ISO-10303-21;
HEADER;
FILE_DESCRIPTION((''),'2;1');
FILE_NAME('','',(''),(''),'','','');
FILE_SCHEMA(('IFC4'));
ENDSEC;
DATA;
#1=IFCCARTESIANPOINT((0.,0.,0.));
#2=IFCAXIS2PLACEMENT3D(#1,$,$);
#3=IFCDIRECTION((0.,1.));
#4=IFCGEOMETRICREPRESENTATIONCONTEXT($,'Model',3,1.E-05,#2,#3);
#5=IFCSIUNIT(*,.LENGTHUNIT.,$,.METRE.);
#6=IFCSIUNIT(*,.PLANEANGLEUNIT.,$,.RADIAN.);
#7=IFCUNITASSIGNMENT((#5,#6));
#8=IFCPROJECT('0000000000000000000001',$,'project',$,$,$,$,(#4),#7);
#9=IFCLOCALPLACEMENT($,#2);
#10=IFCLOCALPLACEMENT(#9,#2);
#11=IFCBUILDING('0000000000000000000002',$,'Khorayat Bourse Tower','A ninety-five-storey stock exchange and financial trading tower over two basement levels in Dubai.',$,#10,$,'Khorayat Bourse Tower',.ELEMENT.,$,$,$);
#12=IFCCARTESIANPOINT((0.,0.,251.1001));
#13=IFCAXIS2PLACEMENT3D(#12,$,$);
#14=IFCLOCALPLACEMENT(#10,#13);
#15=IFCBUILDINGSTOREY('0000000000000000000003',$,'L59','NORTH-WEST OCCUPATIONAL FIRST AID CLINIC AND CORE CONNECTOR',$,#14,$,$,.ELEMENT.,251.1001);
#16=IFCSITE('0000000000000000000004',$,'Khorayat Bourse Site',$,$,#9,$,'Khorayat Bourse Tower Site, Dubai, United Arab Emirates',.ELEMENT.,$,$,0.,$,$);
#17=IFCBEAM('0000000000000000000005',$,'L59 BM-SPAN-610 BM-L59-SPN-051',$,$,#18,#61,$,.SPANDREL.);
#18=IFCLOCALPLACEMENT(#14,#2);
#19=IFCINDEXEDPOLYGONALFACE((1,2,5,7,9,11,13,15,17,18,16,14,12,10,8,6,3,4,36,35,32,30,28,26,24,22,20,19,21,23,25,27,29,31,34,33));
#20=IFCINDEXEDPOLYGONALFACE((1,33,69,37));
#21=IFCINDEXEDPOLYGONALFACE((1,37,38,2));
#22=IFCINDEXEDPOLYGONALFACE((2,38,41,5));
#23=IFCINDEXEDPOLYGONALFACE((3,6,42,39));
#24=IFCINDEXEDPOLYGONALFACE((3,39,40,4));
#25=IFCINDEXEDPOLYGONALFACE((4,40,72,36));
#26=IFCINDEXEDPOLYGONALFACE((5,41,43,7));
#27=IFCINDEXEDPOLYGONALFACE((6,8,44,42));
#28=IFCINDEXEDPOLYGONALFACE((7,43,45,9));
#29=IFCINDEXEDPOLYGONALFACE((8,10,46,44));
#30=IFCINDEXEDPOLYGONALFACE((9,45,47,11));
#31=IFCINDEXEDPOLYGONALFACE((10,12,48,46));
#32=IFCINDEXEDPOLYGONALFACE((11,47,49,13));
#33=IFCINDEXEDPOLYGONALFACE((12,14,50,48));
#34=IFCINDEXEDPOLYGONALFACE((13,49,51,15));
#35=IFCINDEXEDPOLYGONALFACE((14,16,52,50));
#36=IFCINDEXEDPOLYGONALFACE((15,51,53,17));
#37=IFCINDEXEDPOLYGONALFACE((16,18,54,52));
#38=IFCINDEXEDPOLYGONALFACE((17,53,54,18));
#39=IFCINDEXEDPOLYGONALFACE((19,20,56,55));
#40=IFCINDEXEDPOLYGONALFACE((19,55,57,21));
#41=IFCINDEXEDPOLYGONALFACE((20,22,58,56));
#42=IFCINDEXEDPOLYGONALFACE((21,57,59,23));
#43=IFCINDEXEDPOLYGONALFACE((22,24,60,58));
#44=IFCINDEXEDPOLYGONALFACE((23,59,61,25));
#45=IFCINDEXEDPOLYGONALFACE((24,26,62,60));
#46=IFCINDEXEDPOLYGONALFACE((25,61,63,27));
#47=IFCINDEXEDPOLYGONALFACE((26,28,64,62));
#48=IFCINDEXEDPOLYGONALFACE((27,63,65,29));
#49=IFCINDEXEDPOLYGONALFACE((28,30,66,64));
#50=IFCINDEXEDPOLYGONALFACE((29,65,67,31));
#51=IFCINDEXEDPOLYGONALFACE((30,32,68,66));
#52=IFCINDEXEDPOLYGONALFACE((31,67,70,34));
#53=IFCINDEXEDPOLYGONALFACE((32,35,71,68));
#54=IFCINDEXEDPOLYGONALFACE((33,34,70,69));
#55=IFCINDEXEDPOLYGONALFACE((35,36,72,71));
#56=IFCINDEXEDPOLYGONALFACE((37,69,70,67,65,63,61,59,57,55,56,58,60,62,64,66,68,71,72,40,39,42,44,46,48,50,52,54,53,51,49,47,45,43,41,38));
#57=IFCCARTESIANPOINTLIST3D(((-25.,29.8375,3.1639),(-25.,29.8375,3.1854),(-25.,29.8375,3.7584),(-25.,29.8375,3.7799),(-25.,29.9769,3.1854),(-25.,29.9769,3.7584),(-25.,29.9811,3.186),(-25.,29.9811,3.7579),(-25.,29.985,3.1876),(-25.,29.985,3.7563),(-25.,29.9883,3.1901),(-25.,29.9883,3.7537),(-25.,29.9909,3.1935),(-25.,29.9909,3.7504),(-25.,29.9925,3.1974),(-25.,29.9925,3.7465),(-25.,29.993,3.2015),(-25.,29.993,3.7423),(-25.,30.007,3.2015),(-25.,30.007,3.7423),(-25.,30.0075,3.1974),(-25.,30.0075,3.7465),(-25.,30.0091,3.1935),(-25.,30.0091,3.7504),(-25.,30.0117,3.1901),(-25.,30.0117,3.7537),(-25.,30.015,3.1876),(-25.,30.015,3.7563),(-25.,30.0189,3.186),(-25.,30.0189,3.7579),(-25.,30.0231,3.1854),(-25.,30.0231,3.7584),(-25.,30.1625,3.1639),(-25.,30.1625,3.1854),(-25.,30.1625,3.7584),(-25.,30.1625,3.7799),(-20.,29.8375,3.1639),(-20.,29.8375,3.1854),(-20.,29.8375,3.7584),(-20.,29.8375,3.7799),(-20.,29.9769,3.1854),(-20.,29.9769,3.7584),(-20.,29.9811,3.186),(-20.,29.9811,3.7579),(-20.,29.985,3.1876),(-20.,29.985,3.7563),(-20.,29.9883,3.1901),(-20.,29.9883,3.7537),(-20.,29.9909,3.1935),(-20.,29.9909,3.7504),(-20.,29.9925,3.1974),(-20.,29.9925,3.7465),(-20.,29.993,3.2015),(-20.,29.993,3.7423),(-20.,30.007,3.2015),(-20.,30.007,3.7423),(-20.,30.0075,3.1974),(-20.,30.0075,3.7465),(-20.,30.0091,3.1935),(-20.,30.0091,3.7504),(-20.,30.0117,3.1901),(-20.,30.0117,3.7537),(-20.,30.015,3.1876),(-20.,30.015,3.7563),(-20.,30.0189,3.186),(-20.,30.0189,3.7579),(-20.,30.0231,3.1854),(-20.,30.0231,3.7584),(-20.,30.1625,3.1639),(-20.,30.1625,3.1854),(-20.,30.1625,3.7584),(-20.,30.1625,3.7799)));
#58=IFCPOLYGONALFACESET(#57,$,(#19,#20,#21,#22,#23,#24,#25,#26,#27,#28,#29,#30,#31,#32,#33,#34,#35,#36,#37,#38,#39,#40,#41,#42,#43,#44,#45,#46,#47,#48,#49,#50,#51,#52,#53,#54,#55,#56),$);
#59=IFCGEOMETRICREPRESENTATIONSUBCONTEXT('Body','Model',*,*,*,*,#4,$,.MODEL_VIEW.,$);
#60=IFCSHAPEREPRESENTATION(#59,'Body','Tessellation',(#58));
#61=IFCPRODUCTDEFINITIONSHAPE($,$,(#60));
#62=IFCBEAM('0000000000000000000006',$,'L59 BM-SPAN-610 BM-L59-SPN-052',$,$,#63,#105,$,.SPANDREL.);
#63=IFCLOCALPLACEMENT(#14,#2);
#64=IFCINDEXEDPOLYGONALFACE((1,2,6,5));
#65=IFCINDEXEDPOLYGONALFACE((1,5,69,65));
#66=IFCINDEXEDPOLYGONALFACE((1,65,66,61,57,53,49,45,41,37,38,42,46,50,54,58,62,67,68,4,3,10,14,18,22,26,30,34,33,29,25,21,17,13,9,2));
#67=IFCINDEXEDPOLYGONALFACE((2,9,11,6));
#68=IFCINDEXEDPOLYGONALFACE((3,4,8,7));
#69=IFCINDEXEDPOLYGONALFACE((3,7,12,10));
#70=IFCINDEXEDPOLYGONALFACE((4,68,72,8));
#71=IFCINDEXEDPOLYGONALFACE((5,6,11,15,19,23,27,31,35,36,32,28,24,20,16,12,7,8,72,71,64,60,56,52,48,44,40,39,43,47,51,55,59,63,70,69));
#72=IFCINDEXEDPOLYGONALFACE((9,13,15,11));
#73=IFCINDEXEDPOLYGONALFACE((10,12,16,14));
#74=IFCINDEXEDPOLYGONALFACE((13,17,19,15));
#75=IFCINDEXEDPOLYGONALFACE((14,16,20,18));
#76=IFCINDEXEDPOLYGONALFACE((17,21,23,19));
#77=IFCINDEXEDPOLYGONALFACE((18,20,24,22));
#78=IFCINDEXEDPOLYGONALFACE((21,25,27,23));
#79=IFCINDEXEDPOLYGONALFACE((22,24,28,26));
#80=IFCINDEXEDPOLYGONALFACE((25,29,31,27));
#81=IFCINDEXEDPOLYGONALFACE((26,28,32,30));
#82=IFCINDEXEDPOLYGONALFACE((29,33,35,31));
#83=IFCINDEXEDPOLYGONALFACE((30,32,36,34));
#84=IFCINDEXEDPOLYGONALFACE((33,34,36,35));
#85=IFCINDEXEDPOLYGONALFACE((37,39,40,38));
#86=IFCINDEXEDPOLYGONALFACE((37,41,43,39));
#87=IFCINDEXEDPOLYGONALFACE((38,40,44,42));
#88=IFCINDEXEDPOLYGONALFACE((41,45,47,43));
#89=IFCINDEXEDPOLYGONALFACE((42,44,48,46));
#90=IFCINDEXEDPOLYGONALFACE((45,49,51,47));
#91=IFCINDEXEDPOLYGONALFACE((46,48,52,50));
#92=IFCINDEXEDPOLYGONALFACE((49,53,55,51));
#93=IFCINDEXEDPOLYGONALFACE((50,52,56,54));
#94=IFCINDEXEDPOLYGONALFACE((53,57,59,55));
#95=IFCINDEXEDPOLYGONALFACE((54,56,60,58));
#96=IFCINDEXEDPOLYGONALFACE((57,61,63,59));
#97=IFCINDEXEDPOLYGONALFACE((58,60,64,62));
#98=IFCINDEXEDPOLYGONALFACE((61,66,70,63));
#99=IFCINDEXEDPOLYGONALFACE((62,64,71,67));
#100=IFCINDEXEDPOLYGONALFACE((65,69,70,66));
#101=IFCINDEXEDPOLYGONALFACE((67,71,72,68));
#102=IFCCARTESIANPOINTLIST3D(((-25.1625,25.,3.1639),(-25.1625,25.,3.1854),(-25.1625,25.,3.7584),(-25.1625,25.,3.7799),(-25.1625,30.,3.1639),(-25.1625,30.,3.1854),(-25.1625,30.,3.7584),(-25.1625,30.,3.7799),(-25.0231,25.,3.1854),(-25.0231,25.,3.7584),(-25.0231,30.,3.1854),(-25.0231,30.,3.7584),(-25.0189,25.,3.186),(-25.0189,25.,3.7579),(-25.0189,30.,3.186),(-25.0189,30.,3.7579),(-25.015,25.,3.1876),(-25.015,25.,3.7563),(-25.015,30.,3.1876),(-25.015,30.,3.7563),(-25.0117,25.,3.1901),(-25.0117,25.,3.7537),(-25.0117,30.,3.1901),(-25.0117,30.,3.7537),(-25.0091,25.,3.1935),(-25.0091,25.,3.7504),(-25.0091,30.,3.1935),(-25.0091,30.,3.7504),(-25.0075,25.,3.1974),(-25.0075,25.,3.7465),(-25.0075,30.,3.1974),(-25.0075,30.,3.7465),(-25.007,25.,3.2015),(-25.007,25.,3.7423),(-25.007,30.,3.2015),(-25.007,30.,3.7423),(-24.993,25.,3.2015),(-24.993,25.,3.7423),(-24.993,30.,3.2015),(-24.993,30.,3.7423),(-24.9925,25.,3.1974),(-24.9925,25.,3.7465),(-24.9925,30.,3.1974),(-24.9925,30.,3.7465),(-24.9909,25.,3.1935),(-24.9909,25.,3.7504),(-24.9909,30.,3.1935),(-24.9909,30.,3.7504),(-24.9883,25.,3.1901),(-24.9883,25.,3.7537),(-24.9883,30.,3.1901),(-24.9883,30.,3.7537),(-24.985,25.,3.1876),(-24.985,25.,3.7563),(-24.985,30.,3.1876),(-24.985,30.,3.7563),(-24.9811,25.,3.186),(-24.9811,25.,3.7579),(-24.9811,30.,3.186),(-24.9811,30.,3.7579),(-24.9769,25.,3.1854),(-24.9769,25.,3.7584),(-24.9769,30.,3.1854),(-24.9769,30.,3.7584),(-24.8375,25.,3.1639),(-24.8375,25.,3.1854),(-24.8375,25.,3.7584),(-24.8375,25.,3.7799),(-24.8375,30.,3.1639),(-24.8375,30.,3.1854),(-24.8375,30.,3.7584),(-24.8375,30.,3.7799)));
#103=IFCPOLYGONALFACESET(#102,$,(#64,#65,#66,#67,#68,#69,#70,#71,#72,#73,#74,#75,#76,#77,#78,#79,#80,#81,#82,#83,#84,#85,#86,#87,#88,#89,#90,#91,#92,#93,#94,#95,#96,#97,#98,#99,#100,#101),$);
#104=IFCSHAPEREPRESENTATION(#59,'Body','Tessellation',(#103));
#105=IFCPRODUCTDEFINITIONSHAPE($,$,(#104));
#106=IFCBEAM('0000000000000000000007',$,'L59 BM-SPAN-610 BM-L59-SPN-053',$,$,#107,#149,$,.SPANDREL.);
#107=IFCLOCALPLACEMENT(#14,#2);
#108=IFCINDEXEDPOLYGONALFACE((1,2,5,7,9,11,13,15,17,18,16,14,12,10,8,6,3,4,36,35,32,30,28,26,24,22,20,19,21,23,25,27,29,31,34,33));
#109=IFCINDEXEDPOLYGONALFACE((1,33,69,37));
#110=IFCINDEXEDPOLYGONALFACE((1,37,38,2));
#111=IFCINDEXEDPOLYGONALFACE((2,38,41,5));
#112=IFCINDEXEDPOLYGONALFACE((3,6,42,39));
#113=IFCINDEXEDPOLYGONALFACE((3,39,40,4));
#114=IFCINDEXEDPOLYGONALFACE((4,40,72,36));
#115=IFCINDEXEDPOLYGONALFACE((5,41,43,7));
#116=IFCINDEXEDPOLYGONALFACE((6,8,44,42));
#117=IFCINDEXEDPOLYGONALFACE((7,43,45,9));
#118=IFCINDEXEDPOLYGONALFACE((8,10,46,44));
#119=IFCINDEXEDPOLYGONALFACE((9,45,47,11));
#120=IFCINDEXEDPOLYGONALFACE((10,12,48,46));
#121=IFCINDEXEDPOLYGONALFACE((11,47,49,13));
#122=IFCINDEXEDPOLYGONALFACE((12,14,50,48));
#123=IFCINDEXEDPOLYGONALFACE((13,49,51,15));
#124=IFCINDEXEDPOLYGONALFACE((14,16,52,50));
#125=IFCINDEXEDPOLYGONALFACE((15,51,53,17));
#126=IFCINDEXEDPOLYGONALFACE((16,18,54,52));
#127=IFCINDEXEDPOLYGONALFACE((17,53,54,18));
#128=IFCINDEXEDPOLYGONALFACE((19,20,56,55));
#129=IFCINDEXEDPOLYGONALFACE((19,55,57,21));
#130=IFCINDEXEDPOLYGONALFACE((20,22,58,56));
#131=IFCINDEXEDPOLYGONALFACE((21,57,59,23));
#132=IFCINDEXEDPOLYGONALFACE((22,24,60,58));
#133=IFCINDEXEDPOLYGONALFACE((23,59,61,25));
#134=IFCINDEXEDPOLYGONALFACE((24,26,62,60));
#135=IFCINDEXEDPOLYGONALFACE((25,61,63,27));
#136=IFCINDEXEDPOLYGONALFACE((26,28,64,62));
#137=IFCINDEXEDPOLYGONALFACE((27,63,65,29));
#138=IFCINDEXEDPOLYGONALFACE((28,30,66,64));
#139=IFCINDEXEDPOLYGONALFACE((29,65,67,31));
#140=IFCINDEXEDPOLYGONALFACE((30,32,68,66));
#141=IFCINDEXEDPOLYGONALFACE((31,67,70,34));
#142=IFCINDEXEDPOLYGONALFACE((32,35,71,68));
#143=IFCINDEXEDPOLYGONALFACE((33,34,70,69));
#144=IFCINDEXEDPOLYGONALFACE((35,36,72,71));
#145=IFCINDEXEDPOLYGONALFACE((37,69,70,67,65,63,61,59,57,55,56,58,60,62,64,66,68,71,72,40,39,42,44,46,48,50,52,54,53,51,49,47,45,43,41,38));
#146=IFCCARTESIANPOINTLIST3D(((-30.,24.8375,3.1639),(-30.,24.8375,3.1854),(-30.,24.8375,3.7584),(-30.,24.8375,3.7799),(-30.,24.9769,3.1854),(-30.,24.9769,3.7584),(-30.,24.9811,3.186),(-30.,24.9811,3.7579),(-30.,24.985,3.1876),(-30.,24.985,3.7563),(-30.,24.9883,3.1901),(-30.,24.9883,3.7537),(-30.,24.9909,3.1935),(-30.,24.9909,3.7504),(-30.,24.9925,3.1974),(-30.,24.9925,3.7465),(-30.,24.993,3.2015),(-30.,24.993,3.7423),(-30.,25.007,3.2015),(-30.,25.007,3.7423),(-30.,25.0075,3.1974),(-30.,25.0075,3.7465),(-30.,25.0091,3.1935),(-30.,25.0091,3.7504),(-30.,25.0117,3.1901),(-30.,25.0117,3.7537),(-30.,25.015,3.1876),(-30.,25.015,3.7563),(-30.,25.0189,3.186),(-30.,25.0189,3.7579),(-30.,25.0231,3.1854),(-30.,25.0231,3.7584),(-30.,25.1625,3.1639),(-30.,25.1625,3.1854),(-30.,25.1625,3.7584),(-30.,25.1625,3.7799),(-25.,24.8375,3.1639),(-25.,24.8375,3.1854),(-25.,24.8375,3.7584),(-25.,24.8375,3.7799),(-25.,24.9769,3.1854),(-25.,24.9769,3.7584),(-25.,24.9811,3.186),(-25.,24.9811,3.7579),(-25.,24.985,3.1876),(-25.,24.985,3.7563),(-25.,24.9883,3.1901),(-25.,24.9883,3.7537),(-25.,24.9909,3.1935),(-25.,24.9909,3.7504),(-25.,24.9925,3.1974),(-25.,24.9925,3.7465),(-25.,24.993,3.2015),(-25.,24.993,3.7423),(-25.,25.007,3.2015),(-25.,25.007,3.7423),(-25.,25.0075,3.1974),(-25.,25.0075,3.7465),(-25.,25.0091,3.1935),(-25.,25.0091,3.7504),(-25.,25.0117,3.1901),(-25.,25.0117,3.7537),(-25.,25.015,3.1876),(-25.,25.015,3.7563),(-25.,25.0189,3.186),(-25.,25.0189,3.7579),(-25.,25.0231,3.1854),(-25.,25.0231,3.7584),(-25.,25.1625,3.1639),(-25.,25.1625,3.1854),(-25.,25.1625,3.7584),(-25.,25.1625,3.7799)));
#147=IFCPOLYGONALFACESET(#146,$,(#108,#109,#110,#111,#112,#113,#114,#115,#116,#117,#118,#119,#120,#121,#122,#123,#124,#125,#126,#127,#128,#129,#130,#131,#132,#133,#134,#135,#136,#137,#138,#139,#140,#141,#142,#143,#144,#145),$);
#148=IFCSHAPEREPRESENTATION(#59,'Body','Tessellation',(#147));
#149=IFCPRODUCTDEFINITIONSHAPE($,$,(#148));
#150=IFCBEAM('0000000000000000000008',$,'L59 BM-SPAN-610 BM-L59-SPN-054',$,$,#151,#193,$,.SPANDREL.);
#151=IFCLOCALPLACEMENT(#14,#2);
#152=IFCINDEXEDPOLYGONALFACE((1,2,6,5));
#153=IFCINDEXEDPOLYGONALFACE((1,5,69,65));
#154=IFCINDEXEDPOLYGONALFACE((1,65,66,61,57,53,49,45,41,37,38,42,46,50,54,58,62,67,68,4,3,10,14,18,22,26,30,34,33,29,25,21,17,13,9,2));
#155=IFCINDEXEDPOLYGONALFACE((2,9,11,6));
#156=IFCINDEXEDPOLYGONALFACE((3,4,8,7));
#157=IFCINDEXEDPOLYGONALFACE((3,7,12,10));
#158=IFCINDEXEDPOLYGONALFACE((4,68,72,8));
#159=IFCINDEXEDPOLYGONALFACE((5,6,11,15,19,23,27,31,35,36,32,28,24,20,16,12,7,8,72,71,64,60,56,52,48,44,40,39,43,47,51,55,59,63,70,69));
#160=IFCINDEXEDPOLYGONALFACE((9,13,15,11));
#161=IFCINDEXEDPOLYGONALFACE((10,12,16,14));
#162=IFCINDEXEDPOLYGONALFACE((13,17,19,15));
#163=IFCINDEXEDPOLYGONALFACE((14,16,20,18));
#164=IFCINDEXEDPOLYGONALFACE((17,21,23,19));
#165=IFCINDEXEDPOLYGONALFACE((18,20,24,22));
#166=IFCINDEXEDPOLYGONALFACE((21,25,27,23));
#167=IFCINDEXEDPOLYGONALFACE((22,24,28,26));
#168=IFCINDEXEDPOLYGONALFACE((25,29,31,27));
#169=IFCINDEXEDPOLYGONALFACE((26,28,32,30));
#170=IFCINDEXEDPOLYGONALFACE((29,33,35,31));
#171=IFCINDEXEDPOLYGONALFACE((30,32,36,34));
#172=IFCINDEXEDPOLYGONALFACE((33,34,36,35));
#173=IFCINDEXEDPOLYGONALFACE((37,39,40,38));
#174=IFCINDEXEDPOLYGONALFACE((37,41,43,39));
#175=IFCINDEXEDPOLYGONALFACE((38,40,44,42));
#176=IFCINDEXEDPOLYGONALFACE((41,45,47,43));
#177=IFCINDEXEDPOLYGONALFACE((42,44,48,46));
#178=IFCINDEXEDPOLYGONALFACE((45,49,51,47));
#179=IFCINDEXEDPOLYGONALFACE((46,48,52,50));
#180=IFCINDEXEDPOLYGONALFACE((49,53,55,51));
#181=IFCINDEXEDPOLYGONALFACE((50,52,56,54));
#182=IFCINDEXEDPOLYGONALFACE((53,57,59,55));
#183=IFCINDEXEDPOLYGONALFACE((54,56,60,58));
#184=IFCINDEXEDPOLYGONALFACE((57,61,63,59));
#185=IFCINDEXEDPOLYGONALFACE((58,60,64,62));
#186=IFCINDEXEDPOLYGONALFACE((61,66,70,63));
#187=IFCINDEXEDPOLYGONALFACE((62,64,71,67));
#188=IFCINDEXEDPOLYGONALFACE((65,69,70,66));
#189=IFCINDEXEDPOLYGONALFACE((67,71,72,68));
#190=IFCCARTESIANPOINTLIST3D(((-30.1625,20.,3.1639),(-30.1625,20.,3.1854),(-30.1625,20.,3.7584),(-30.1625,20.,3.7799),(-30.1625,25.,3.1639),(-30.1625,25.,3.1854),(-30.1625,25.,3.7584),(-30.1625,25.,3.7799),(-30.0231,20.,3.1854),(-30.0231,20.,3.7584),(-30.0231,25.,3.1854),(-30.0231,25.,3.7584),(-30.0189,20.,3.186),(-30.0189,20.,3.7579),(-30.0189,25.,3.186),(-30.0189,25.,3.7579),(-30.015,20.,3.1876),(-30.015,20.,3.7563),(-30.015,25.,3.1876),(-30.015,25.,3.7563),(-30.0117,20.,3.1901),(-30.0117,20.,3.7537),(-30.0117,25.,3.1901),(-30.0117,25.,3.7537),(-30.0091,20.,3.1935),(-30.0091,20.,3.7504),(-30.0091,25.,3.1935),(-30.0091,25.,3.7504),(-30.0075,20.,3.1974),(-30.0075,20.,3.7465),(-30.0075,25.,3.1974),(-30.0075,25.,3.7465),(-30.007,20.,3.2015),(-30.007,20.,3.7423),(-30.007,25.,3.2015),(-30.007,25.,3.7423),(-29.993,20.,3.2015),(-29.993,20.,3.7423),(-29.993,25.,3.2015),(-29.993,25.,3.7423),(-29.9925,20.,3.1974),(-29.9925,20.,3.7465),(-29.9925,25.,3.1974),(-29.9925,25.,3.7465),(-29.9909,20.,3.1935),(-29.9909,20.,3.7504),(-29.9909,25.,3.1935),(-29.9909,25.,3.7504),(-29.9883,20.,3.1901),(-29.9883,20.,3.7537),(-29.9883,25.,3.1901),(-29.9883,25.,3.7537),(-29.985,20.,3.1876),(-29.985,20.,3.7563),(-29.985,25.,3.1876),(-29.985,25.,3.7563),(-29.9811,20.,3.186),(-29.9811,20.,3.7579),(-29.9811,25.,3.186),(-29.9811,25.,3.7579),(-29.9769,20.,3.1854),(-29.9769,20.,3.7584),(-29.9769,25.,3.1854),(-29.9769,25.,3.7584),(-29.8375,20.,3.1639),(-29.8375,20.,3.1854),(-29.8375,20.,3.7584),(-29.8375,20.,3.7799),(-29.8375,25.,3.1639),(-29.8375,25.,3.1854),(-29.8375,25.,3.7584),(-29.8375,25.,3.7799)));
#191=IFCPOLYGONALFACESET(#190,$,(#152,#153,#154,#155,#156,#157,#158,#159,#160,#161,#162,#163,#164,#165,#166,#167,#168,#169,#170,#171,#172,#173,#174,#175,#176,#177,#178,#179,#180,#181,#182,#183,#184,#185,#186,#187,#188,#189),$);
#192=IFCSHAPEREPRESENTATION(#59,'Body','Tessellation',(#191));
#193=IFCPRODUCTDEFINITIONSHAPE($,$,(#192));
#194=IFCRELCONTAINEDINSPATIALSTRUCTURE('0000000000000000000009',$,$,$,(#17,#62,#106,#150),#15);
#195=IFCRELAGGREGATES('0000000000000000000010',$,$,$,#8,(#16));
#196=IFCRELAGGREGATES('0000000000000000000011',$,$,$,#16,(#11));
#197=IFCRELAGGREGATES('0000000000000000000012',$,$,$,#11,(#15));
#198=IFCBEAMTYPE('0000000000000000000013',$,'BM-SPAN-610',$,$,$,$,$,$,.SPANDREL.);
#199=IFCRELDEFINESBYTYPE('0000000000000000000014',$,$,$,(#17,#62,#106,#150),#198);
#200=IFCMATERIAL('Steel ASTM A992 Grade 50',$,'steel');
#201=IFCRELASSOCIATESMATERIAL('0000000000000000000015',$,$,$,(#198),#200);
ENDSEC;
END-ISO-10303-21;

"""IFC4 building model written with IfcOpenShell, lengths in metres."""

from ifc_helpers import new_model, si_unit, direction, frame, origin, origin_2d, place, context, subcontext, project, spatial, i_section, extrude, source, transform, mapped, material, material_profile, profile_set, type_object, element, save


model = new_model("IFC4")

# Units and contexts
model_context = context("Model", 3, precision=1e-05, world=origin(), true_north=direction((0.0, 1.0)))
body_context = subcontext(model_context, "Body", "Model", "MODEL_VIEW")
ifc_project = project(units=[si_unit("LENGTHUNIT", "METRE"), si_unit("PLANEANGLEUNIT", "RADIAN")], contexts=[model_context])

# Site, building, storey
site_placement = place(None, origin())
site = spatial("IfcSite", under=ifc_project, at=site_placement, Name="Khorayat Bourse Site", LongName="Khorayat Bourse Tower Site, Dubai, United Arab Emirates", CompositionType="ELEMENT", RefElevation=0.0)
building_placement = place(site_placement, origin())
building = spatial("IfcBuilding", under=site, at=building_placement, Name="Khorayat Bourse Tower", Description="A ninety-five-storey stock exchange and financial trading tower over two basement levels in Dubai.", LongName="Khorayat Bourse Tower", CompositionType="ELEMENT")
storey_placement = place(building_placement, frame((0.0, 0.0, 251.1001)))
storey = spatial("IfcBuildingStorey", under=building, at=storey_placement, Name="L59", Description="NORTH-WEST OCCUPATIONAL FIRST AID CLINIC AND CORE CONNECTOR", CompositionType="ELEMENT", Elevation=251.1001)

# Beams
ifc_material_1 = material(Name="Steel ASTM A992 Grade 50", Category="steel")
ifc_material_profile_1 = material_profile(ifc_material_1, i_section(OverallWidth=0.325, OverallDepth=0.616, WebThickness=0.0139, FlangeThickness=0.0215, FilletRadius=0.0161, at=origin_2d()), Name="W610X174")
ifc_profile_set_1 = profile_set([ifc_material_profile_1], Name="Steel ASTM A992 Grade 50")
beam_type_1 = type_object("IfcBeamType", Name="BM-SPAN-610", PredefinedType="SPANDREL", material=ifc_profile_set_1)
shared_shape_1 = source(origin(), body_context, "Body", "SweptSolid", [
    extrude(i_section(OverallWidth=0.325, OverallDepth=0.616, WebThickness=0.0139, FlangeThickness=0.0215, FilletRadius=0.0161, at=origin_2d()), origin(), (0.0, 0.0, 1.0), 5.0),
])
for number, where, z_axis, x_axis, name in (
    (1, (-25.0, 30.0, 3.4719), (1.0, 0.0, 0.0), (0.0, 1.0, 0.0), "L59 BM-SPAN-610 BM-L59-SPN-051"),
    (2, (-25.0, 25.0, 3.4719), (0.0, 1.0, 0.0), (-1.0, 0.0, 0.0), "L59 BM-SPAN-610 BM-L59-SPN-052"),
    (3, (-30.0, 25.0, 3.4719), (1.0, 0.0, 0.0), (0.0, 1.0, 0.0), "L59 BM-SPAN-610 BM-L59-SPN-053"),
    (4, (-30.0, 20.0, 3.4719), (0.0, 1.0, 0.0), (-1.0, 0.0, 0.0), "L59 BM-SPAN-610 BM-L59-SPN-054"),
):
    element("IfcBeam", number, at=place(storey_placement, frame(where, z_axis=z_axis, x_axis=x_axis)), inside=storey, type_object=beam_type_1, Name=name, PredefinedType="SPANDREL", context=body_context, shape_type="MappedRepresentation", body=[
        mapped(shared_shape_1, transform((0.0, 0.0, 0.0), scale=1.0)),
    ])

save(model, "model.ifc")
